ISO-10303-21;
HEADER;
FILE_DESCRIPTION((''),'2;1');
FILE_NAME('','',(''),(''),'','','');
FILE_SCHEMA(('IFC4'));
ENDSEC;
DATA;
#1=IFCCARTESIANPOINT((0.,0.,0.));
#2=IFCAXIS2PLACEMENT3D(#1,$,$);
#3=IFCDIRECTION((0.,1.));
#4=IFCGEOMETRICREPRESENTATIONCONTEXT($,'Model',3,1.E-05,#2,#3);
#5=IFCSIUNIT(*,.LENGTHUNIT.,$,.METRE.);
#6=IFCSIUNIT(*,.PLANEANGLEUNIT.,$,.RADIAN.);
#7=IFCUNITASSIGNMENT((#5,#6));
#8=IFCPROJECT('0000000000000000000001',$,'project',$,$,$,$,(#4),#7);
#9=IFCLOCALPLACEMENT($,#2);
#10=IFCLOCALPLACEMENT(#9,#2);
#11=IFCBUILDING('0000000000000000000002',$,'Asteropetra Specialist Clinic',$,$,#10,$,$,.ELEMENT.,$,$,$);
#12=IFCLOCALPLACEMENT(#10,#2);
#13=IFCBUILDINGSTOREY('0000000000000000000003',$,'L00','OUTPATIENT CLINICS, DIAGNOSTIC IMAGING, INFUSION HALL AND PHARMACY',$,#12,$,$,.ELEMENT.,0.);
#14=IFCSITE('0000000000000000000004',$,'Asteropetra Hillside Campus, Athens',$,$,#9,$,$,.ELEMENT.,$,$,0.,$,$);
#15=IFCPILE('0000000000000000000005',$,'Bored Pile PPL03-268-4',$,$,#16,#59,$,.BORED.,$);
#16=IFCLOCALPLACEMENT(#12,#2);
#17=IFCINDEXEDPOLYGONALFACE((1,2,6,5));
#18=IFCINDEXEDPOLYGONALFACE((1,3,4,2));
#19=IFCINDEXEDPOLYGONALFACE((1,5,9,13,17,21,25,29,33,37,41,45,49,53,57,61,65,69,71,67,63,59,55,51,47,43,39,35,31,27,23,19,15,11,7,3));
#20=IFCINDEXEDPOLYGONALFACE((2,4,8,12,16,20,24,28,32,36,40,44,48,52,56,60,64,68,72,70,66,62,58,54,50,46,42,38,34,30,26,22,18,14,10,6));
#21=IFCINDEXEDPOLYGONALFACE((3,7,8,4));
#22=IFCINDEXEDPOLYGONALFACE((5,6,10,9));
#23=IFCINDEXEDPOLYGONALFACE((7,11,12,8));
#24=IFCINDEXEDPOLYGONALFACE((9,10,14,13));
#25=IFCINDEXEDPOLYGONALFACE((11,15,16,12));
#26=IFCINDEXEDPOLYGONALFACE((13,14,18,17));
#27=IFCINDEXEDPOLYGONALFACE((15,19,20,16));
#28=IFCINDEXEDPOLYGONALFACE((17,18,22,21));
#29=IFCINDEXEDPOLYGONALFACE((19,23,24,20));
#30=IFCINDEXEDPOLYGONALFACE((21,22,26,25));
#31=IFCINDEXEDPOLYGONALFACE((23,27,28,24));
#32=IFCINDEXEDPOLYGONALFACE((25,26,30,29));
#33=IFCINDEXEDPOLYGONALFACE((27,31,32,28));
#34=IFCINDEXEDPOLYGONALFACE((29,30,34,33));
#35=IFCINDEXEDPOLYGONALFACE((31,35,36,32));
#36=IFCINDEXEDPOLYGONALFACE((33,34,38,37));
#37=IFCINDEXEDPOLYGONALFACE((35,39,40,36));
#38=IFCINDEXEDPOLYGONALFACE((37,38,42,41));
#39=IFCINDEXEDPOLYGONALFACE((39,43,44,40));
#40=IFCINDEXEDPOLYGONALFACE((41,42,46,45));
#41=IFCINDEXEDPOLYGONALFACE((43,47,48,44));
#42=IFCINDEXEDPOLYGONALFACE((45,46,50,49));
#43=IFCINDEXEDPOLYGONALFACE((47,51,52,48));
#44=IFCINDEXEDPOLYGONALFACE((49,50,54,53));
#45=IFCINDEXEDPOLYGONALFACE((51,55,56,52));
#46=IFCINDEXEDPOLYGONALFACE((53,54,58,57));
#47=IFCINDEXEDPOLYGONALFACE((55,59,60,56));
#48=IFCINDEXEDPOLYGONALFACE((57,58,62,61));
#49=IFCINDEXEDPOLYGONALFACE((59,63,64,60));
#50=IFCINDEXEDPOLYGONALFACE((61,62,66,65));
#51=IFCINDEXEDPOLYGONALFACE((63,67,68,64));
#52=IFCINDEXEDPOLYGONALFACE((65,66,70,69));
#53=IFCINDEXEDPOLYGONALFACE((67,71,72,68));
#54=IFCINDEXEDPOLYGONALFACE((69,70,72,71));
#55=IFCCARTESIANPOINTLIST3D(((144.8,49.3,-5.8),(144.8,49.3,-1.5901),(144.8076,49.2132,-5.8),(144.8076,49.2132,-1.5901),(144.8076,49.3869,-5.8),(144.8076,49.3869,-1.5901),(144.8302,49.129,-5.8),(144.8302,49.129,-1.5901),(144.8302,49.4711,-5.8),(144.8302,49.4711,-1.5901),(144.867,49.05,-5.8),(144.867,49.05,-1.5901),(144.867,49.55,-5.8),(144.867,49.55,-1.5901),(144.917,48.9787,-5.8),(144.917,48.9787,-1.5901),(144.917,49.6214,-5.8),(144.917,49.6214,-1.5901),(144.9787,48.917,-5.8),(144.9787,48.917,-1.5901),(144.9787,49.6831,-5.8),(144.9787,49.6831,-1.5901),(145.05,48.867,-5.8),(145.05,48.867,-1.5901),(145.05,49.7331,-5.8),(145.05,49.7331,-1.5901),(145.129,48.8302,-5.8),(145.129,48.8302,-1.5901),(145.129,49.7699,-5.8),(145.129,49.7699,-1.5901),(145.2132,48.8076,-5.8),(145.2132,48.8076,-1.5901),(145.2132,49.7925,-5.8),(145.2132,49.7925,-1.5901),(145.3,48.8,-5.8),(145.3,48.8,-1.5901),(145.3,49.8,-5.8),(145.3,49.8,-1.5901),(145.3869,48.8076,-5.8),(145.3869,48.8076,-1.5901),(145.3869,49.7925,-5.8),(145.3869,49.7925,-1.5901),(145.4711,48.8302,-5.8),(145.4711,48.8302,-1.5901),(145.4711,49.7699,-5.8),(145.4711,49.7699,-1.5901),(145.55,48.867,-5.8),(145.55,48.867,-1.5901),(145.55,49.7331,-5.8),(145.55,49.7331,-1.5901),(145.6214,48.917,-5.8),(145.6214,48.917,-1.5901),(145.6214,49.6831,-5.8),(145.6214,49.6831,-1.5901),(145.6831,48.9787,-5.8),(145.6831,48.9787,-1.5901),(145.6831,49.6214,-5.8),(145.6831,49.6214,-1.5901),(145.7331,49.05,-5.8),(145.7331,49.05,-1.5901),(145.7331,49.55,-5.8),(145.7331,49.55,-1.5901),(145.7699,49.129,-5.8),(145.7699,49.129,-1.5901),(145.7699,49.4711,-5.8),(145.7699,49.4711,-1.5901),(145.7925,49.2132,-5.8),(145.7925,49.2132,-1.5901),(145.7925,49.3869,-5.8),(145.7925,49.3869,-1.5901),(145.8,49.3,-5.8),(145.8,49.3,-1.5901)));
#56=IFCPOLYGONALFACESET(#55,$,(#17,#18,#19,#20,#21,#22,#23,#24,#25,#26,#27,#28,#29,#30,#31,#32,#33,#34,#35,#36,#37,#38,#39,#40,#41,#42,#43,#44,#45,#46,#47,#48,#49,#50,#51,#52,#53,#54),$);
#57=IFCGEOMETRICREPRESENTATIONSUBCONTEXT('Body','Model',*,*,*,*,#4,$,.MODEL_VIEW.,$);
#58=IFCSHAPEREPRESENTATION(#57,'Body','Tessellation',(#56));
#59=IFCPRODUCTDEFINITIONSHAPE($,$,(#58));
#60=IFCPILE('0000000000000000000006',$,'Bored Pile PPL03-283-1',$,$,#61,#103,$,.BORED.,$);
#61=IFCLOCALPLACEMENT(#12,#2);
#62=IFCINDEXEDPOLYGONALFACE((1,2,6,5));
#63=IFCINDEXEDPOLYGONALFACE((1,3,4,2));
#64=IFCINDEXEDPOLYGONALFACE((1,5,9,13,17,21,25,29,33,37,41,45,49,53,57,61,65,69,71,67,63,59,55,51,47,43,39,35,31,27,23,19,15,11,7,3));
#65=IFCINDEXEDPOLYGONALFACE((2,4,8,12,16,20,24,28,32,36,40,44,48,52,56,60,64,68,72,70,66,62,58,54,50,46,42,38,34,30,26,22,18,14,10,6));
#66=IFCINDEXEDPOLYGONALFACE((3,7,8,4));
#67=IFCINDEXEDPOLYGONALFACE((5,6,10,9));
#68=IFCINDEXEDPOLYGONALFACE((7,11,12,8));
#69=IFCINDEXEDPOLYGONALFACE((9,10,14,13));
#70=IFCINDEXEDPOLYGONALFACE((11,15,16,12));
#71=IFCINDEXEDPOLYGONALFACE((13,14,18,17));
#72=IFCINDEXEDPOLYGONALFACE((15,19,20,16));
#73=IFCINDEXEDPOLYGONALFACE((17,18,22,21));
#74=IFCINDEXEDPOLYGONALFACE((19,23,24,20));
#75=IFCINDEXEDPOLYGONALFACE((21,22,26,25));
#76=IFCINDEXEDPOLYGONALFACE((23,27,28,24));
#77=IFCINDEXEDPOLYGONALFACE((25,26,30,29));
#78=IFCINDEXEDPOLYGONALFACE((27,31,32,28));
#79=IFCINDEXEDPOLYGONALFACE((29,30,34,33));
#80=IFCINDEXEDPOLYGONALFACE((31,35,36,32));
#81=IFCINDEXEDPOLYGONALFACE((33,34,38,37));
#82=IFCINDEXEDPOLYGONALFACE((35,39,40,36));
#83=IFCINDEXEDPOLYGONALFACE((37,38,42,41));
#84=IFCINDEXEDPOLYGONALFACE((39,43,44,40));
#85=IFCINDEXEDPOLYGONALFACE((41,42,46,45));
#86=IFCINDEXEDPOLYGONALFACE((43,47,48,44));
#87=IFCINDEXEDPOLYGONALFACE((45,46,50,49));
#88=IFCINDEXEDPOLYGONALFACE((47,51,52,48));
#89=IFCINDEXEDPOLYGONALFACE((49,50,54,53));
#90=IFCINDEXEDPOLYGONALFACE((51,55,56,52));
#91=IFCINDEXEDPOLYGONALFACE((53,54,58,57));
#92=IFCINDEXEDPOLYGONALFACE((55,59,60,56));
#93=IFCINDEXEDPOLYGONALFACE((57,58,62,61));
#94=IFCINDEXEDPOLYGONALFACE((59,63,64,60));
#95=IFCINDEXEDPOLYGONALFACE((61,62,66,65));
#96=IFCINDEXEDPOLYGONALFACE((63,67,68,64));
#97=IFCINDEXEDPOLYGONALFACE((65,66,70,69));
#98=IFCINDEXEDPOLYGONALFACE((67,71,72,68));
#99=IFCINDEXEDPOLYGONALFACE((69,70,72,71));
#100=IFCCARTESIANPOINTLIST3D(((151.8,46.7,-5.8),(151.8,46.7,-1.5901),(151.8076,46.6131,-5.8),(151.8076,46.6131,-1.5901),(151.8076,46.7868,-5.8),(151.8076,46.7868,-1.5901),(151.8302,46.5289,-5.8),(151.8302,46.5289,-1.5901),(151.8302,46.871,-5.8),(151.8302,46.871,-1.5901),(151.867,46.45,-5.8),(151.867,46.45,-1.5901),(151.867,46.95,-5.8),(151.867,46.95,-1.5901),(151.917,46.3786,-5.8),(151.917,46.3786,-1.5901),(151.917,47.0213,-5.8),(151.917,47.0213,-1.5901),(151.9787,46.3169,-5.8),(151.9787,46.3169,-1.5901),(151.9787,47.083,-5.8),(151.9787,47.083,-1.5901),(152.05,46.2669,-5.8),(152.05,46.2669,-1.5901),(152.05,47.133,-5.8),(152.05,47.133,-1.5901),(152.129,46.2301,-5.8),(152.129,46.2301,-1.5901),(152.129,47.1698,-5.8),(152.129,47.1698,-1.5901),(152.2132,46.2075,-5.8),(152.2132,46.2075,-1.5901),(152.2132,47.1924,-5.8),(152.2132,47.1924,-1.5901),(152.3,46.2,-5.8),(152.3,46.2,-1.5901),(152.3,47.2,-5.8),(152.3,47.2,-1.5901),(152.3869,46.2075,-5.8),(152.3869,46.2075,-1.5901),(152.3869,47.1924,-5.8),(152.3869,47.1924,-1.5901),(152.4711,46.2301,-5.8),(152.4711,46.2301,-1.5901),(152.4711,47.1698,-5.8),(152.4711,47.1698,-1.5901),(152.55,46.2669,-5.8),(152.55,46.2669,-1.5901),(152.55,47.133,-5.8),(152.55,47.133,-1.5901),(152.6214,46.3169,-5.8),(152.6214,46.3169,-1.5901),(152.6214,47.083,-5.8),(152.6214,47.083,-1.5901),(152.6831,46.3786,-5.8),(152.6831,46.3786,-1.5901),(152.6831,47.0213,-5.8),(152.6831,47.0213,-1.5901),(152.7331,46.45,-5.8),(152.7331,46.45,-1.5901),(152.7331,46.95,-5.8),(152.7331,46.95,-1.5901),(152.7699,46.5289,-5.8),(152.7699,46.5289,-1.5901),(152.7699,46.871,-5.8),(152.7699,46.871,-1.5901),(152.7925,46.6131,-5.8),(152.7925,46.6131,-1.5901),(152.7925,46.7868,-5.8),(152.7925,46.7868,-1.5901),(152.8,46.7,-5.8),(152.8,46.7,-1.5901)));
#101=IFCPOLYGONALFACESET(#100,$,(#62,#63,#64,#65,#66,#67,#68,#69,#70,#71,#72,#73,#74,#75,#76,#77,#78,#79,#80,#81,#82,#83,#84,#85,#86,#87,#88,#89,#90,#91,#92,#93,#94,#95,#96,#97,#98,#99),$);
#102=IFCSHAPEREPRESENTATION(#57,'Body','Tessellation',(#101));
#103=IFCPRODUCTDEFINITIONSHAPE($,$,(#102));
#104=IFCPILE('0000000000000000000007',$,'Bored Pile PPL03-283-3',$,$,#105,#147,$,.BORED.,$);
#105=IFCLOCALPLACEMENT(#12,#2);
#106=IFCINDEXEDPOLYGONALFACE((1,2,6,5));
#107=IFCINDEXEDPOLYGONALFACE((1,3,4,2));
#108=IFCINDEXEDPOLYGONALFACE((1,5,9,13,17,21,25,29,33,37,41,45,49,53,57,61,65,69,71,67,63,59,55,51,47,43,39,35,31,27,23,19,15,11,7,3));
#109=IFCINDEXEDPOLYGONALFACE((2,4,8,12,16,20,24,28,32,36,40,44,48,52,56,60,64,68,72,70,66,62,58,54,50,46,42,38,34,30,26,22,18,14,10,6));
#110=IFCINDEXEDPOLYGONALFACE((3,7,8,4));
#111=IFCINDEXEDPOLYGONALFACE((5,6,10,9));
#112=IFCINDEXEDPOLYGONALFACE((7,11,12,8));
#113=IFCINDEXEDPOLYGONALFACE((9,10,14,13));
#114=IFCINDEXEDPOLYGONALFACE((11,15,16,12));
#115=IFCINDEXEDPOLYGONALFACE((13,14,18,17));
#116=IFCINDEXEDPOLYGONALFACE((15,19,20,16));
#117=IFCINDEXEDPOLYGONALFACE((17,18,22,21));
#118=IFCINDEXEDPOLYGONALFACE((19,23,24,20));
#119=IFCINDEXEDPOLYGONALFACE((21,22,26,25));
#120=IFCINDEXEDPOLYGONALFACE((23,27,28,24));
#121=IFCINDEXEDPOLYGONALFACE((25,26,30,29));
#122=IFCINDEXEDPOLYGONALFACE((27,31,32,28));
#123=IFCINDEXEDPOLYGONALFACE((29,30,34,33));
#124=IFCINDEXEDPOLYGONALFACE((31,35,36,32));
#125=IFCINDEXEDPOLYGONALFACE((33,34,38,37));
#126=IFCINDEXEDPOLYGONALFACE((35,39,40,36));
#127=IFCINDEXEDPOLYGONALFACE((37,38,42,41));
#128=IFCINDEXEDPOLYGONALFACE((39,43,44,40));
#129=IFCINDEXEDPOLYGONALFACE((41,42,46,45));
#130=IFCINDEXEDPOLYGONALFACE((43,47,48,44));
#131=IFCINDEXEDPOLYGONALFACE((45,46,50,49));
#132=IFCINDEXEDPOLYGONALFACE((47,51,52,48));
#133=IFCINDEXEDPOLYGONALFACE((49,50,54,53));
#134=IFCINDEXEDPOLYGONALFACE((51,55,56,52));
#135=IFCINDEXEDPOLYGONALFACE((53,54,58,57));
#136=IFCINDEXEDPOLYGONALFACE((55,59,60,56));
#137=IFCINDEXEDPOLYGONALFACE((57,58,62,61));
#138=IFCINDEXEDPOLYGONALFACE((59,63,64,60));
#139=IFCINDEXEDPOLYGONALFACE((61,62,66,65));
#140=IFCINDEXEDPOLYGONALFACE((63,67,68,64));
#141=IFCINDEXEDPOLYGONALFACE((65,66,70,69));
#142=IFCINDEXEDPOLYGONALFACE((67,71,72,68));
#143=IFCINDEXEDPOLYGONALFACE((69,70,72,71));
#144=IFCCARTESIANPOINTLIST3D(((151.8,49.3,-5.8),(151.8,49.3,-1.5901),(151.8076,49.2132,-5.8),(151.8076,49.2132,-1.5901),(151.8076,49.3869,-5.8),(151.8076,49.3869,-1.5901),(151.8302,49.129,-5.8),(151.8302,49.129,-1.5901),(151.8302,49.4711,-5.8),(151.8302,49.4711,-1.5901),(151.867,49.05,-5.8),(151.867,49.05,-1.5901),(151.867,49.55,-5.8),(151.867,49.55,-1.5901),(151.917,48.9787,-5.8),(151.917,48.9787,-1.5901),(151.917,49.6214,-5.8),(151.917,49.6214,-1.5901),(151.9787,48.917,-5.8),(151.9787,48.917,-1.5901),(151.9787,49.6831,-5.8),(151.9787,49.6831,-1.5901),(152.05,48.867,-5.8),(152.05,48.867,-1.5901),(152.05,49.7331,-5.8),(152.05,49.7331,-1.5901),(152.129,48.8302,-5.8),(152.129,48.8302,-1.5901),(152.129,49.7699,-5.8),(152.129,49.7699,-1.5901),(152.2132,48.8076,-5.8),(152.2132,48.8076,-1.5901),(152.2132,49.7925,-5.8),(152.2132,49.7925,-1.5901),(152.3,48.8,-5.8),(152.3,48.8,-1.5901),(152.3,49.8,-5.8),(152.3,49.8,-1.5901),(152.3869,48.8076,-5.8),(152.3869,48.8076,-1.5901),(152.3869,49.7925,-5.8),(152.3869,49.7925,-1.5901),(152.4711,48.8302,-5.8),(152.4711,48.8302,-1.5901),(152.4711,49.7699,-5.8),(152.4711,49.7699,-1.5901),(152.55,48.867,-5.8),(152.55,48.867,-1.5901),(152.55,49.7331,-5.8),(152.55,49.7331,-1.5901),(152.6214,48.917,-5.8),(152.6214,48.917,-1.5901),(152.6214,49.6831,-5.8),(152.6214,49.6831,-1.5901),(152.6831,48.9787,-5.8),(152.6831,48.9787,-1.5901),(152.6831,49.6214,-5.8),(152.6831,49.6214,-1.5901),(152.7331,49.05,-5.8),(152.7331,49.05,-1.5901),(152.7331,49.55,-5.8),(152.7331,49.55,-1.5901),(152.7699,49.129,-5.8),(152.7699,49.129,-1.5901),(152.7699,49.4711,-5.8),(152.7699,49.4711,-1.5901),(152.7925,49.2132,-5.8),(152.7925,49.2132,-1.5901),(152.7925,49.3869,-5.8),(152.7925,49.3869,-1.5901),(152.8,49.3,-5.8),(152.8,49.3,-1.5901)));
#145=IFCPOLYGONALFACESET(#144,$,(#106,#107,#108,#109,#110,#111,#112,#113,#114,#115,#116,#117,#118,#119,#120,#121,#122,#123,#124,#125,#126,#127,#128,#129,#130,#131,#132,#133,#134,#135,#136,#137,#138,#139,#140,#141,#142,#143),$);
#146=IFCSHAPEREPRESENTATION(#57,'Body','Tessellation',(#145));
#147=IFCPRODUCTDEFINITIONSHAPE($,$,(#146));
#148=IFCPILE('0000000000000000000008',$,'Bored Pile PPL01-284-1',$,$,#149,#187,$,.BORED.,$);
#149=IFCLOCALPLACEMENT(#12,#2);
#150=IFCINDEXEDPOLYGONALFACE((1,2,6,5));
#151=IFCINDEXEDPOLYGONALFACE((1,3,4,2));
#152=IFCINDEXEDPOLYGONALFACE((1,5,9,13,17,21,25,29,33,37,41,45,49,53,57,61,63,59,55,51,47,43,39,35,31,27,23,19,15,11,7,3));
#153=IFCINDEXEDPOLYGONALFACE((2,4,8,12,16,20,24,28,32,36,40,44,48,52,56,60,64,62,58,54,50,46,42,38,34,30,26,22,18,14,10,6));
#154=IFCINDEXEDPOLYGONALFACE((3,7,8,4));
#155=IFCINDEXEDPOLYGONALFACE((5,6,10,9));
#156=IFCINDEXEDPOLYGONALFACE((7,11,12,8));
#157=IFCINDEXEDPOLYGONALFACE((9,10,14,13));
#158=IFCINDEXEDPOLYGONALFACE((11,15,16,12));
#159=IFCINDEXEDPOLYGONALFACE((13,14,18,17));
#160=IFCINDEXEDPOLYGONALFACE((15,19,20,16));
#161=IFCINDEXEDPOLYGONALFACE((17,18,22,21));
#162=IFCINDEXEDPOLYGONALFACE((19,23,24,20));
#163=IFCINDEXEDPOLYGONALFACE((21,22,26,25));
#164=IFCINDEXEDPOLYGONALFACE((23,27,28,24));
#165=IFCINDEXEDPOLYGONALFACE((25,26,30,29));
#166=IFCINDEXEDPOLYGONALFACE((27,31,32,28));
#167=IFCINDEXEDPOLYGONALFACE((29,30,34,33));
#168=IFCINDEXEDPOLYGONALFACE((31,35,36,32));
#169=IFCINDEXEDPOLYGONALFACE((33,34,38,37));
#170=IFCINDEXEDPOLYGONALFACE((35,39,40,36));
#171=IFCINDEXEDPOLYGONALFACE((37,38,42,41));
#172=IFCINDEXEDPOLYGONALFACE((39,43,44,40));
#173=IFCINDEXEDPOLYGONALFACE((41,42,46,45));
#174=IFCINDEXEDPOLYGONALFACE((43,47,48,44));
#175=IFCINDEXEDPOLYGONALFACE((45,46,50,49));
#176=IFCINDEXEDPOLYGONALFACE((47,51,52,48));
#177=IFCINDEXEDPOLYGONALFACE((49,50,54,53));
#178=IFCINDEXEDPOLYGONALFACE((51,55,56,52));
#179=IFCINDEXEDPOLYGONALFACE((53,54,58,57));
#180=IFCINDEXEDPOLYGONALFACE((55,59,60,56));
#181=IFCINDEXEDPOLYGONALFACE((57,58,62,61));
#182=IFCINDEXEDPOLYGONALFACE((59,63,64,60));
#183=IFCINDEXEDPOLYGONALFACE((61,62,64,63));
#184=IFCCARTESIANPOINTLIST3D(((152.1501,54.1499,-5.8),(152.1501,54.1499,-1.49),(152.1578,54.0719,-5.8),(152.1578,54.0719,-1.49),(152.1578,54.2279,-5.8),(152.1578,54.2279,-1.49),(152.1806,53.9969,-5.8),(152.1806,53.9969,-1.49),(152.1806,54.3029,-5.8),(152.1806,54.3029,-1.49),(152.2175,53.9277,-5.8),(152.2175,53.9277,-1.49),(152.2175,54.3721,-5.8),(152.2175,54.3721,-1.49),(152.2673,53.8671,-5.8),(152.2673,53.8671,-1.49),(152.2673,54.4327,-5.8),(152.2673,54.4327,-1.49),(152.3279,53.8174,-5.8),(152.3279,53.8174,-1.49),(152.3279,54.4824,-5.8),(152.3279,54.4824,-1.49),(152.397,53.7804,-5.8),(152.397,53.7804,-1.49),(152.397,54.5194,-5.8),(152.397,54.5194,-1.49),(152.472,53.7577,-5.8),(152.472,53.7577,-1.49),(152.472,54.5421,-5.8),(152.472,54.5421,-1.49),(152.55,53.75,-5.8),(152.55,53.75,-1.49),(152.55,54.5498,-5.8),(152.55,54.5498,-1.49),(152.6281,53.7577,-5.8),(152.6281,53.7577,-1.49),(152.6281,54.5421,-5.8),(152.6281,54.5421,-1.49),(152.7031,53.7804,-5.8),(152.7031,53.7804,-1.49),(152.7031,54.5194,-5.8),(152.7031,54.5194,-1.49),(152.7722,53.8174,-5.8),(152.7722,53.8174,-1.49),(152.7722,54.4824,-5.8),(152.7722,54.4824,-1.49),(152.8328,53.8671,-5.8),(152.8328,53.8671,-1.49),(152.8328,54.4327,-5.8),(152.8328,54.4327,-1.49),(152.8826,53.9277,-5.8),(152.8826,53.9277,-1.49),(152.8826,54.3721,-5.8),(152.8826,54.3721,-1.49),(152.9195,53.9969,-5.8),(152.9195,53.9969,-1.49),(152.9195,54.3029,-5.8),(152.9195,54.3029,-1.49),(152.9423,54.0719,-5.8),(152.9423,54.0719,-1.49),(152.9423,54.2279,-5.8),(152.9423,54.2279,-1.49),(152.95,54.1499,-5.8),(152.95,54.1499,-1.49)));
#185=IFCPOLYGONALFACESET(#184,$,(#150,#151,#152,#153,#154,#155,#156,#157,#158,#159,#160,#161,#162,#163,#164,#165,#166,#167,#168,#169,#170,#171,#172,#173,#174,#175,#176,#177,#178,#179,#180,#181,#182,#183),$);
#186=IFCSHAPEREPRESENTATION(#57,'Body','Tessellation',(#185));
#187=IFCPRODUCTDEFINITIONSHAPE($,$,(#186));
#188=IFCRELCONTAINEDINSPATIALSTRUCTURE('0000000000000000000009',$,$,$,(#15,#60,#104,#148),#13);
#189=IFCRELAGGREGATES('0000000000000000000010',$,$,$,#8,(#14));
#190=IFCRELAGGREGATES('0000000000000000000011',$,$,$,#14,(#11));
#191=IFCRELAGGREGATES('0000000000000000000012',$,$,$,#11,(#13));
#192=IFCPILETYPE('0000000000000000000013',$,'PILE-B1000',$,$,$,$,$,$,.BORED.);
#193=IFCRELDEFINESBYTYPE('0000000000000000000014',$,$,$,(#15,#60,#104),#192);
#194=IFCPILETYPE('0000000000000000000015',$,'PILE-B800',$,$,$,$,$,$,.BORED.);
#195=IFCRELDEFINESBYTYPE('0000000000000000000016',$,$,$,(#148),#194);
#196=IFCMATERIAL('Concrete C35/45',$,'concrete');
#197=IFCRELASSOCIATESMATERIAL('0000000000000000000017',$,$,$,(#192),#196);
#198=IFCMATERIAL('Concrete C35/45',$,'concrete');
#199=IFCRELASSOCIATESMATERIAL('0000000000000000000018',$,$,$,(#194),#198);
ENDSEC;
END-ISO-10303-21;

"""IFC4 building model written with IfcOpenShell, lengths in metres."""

from ifc_helpers import new_model, si_unit, direction, frame, origin, origin_2d, place, context, subcontext, project, spatial, circle, extrude, material, material_profile, profile_set, type_object, element, save


model = new_model("IFC4")

# Units and contexts
model_context = context("Model", 3, precision=1e-05, world=origin(), true_north=direction((0.0, 1.0)))
body_context = subcontext(model_context, "Body", "Model", "MODEL_VIEW")
ifc_project = project(units=[si_unit("LENGTHUNIT", "METRE"), si_unit("PLANEANGLEUNIT", "RADIAN")], contexts=[model_context])

# Site, building, storey
site_placement = place(None, origin())
site = spatial("IfcSite", under=ifc_project, at=site_placement, Name="Asteropetra Hillside Campus, Athens", CompositionType="ELEMENT", RefElevation=0.0)
building_placement = place(site_placement, origin())
building = spatial("IfcBuilding", under=site, at=building_placement, Name="Asteropetra Specialist Clinic", CompositionType="ELEMENT")
storey_placement = place(building_placement, origin())
storey = spatial("IfcBuildingStorey", under=building, at=storey_placement, Name="L00", Description="OUTPATIENT CLINICS, DIAGNOSTIC IMAGING, INFUSION HALL AND PHARMACY", CompositionType="ELEMENT", Elevation=0.0)

# Piles
ifc_material_1 = material(Name="Concrete C35/45", Category="concrete")
ifc_material_profile_1 = material_profile(ifc_material_1, circle(Radius=0.5, at=origin_2d()), Name="PILE D1000")
ifc_profile_set_1 = profile_set([ifc_material_profile_1], Name="Concrete C35/45")
pile_type_1 = type_object("IfcPileType", Name="PILE-B1000", PredefinedType="BORED", material=ifc_profile_set_1)
for number, where, z_axis, x_axis, name in (
    (1, (145.3, 49.3, -1.5901), (0.0, 0.0, -1.0), (1.0, 0.0, 0.0), "Bored Pile PPL03-268-4"),
    (2, (152.3, 46.7, -1.5901), (0.0, 0.0, -1.0), (1.0, 0.0, 0.0), "Bored Pile PPL03-283-1"),
    (3, (152.3, 49.3, -1.5901), (0.0, 0.0, -1.0), (1.0, 0.0, 0.0), "Bored Pile PPL03-283-3"),
):
    element("IfcPile", number, at=place(storey_placement, frame(where, z_axis=z_axis, x_axis=x_axis)), inside=storey, type_object=pile_type_1, Name=name, PredefinedType="BORED", context=body_context, shape_type="SweptSolid", body=[
        extrude(circle(Radius=0.5, at=origin_2d()), origin(), (0.0, 0.0, 1.0), 4.21),
    ])
ifc_material_2 = material(Name="Concrete C35/45", Category="concrete")
ifc_material_profile_2 = material_profile(ifc_material_2, circle(Radius=0.3999, at=origin_2d()), Name="PILE D800")
ifc_profile_set_2 = profile_set([ifc_material_profile_2], Name="Concrete C35/45")
pile_type_2 = type_object("IfcPileType", Name="PILE-B800", PredefinedType="BORED", material=ifc_profile_set_2)
pile_1_placement = place(storey_placement, frame((152.55, 54.1499, -1.49), z_axis=(0.0, 0.0, -1.0), x_axis=(1.0, 0.0, 0.0)))
element("IfcPile", 4, at=pile_1_placement, inside=storey, type_object=pile_type_2, Name="Bored Pile PPL01-284-1", PredefinedType="BORED", context=body_context, shape_type="SweptSolid", body=[
    extrude(circle(Radius=0.3999, at=origin_2d()), origin(), (0.0, 0.0, 1.0), 4.3101),
])

save(model, "model.ifc")
